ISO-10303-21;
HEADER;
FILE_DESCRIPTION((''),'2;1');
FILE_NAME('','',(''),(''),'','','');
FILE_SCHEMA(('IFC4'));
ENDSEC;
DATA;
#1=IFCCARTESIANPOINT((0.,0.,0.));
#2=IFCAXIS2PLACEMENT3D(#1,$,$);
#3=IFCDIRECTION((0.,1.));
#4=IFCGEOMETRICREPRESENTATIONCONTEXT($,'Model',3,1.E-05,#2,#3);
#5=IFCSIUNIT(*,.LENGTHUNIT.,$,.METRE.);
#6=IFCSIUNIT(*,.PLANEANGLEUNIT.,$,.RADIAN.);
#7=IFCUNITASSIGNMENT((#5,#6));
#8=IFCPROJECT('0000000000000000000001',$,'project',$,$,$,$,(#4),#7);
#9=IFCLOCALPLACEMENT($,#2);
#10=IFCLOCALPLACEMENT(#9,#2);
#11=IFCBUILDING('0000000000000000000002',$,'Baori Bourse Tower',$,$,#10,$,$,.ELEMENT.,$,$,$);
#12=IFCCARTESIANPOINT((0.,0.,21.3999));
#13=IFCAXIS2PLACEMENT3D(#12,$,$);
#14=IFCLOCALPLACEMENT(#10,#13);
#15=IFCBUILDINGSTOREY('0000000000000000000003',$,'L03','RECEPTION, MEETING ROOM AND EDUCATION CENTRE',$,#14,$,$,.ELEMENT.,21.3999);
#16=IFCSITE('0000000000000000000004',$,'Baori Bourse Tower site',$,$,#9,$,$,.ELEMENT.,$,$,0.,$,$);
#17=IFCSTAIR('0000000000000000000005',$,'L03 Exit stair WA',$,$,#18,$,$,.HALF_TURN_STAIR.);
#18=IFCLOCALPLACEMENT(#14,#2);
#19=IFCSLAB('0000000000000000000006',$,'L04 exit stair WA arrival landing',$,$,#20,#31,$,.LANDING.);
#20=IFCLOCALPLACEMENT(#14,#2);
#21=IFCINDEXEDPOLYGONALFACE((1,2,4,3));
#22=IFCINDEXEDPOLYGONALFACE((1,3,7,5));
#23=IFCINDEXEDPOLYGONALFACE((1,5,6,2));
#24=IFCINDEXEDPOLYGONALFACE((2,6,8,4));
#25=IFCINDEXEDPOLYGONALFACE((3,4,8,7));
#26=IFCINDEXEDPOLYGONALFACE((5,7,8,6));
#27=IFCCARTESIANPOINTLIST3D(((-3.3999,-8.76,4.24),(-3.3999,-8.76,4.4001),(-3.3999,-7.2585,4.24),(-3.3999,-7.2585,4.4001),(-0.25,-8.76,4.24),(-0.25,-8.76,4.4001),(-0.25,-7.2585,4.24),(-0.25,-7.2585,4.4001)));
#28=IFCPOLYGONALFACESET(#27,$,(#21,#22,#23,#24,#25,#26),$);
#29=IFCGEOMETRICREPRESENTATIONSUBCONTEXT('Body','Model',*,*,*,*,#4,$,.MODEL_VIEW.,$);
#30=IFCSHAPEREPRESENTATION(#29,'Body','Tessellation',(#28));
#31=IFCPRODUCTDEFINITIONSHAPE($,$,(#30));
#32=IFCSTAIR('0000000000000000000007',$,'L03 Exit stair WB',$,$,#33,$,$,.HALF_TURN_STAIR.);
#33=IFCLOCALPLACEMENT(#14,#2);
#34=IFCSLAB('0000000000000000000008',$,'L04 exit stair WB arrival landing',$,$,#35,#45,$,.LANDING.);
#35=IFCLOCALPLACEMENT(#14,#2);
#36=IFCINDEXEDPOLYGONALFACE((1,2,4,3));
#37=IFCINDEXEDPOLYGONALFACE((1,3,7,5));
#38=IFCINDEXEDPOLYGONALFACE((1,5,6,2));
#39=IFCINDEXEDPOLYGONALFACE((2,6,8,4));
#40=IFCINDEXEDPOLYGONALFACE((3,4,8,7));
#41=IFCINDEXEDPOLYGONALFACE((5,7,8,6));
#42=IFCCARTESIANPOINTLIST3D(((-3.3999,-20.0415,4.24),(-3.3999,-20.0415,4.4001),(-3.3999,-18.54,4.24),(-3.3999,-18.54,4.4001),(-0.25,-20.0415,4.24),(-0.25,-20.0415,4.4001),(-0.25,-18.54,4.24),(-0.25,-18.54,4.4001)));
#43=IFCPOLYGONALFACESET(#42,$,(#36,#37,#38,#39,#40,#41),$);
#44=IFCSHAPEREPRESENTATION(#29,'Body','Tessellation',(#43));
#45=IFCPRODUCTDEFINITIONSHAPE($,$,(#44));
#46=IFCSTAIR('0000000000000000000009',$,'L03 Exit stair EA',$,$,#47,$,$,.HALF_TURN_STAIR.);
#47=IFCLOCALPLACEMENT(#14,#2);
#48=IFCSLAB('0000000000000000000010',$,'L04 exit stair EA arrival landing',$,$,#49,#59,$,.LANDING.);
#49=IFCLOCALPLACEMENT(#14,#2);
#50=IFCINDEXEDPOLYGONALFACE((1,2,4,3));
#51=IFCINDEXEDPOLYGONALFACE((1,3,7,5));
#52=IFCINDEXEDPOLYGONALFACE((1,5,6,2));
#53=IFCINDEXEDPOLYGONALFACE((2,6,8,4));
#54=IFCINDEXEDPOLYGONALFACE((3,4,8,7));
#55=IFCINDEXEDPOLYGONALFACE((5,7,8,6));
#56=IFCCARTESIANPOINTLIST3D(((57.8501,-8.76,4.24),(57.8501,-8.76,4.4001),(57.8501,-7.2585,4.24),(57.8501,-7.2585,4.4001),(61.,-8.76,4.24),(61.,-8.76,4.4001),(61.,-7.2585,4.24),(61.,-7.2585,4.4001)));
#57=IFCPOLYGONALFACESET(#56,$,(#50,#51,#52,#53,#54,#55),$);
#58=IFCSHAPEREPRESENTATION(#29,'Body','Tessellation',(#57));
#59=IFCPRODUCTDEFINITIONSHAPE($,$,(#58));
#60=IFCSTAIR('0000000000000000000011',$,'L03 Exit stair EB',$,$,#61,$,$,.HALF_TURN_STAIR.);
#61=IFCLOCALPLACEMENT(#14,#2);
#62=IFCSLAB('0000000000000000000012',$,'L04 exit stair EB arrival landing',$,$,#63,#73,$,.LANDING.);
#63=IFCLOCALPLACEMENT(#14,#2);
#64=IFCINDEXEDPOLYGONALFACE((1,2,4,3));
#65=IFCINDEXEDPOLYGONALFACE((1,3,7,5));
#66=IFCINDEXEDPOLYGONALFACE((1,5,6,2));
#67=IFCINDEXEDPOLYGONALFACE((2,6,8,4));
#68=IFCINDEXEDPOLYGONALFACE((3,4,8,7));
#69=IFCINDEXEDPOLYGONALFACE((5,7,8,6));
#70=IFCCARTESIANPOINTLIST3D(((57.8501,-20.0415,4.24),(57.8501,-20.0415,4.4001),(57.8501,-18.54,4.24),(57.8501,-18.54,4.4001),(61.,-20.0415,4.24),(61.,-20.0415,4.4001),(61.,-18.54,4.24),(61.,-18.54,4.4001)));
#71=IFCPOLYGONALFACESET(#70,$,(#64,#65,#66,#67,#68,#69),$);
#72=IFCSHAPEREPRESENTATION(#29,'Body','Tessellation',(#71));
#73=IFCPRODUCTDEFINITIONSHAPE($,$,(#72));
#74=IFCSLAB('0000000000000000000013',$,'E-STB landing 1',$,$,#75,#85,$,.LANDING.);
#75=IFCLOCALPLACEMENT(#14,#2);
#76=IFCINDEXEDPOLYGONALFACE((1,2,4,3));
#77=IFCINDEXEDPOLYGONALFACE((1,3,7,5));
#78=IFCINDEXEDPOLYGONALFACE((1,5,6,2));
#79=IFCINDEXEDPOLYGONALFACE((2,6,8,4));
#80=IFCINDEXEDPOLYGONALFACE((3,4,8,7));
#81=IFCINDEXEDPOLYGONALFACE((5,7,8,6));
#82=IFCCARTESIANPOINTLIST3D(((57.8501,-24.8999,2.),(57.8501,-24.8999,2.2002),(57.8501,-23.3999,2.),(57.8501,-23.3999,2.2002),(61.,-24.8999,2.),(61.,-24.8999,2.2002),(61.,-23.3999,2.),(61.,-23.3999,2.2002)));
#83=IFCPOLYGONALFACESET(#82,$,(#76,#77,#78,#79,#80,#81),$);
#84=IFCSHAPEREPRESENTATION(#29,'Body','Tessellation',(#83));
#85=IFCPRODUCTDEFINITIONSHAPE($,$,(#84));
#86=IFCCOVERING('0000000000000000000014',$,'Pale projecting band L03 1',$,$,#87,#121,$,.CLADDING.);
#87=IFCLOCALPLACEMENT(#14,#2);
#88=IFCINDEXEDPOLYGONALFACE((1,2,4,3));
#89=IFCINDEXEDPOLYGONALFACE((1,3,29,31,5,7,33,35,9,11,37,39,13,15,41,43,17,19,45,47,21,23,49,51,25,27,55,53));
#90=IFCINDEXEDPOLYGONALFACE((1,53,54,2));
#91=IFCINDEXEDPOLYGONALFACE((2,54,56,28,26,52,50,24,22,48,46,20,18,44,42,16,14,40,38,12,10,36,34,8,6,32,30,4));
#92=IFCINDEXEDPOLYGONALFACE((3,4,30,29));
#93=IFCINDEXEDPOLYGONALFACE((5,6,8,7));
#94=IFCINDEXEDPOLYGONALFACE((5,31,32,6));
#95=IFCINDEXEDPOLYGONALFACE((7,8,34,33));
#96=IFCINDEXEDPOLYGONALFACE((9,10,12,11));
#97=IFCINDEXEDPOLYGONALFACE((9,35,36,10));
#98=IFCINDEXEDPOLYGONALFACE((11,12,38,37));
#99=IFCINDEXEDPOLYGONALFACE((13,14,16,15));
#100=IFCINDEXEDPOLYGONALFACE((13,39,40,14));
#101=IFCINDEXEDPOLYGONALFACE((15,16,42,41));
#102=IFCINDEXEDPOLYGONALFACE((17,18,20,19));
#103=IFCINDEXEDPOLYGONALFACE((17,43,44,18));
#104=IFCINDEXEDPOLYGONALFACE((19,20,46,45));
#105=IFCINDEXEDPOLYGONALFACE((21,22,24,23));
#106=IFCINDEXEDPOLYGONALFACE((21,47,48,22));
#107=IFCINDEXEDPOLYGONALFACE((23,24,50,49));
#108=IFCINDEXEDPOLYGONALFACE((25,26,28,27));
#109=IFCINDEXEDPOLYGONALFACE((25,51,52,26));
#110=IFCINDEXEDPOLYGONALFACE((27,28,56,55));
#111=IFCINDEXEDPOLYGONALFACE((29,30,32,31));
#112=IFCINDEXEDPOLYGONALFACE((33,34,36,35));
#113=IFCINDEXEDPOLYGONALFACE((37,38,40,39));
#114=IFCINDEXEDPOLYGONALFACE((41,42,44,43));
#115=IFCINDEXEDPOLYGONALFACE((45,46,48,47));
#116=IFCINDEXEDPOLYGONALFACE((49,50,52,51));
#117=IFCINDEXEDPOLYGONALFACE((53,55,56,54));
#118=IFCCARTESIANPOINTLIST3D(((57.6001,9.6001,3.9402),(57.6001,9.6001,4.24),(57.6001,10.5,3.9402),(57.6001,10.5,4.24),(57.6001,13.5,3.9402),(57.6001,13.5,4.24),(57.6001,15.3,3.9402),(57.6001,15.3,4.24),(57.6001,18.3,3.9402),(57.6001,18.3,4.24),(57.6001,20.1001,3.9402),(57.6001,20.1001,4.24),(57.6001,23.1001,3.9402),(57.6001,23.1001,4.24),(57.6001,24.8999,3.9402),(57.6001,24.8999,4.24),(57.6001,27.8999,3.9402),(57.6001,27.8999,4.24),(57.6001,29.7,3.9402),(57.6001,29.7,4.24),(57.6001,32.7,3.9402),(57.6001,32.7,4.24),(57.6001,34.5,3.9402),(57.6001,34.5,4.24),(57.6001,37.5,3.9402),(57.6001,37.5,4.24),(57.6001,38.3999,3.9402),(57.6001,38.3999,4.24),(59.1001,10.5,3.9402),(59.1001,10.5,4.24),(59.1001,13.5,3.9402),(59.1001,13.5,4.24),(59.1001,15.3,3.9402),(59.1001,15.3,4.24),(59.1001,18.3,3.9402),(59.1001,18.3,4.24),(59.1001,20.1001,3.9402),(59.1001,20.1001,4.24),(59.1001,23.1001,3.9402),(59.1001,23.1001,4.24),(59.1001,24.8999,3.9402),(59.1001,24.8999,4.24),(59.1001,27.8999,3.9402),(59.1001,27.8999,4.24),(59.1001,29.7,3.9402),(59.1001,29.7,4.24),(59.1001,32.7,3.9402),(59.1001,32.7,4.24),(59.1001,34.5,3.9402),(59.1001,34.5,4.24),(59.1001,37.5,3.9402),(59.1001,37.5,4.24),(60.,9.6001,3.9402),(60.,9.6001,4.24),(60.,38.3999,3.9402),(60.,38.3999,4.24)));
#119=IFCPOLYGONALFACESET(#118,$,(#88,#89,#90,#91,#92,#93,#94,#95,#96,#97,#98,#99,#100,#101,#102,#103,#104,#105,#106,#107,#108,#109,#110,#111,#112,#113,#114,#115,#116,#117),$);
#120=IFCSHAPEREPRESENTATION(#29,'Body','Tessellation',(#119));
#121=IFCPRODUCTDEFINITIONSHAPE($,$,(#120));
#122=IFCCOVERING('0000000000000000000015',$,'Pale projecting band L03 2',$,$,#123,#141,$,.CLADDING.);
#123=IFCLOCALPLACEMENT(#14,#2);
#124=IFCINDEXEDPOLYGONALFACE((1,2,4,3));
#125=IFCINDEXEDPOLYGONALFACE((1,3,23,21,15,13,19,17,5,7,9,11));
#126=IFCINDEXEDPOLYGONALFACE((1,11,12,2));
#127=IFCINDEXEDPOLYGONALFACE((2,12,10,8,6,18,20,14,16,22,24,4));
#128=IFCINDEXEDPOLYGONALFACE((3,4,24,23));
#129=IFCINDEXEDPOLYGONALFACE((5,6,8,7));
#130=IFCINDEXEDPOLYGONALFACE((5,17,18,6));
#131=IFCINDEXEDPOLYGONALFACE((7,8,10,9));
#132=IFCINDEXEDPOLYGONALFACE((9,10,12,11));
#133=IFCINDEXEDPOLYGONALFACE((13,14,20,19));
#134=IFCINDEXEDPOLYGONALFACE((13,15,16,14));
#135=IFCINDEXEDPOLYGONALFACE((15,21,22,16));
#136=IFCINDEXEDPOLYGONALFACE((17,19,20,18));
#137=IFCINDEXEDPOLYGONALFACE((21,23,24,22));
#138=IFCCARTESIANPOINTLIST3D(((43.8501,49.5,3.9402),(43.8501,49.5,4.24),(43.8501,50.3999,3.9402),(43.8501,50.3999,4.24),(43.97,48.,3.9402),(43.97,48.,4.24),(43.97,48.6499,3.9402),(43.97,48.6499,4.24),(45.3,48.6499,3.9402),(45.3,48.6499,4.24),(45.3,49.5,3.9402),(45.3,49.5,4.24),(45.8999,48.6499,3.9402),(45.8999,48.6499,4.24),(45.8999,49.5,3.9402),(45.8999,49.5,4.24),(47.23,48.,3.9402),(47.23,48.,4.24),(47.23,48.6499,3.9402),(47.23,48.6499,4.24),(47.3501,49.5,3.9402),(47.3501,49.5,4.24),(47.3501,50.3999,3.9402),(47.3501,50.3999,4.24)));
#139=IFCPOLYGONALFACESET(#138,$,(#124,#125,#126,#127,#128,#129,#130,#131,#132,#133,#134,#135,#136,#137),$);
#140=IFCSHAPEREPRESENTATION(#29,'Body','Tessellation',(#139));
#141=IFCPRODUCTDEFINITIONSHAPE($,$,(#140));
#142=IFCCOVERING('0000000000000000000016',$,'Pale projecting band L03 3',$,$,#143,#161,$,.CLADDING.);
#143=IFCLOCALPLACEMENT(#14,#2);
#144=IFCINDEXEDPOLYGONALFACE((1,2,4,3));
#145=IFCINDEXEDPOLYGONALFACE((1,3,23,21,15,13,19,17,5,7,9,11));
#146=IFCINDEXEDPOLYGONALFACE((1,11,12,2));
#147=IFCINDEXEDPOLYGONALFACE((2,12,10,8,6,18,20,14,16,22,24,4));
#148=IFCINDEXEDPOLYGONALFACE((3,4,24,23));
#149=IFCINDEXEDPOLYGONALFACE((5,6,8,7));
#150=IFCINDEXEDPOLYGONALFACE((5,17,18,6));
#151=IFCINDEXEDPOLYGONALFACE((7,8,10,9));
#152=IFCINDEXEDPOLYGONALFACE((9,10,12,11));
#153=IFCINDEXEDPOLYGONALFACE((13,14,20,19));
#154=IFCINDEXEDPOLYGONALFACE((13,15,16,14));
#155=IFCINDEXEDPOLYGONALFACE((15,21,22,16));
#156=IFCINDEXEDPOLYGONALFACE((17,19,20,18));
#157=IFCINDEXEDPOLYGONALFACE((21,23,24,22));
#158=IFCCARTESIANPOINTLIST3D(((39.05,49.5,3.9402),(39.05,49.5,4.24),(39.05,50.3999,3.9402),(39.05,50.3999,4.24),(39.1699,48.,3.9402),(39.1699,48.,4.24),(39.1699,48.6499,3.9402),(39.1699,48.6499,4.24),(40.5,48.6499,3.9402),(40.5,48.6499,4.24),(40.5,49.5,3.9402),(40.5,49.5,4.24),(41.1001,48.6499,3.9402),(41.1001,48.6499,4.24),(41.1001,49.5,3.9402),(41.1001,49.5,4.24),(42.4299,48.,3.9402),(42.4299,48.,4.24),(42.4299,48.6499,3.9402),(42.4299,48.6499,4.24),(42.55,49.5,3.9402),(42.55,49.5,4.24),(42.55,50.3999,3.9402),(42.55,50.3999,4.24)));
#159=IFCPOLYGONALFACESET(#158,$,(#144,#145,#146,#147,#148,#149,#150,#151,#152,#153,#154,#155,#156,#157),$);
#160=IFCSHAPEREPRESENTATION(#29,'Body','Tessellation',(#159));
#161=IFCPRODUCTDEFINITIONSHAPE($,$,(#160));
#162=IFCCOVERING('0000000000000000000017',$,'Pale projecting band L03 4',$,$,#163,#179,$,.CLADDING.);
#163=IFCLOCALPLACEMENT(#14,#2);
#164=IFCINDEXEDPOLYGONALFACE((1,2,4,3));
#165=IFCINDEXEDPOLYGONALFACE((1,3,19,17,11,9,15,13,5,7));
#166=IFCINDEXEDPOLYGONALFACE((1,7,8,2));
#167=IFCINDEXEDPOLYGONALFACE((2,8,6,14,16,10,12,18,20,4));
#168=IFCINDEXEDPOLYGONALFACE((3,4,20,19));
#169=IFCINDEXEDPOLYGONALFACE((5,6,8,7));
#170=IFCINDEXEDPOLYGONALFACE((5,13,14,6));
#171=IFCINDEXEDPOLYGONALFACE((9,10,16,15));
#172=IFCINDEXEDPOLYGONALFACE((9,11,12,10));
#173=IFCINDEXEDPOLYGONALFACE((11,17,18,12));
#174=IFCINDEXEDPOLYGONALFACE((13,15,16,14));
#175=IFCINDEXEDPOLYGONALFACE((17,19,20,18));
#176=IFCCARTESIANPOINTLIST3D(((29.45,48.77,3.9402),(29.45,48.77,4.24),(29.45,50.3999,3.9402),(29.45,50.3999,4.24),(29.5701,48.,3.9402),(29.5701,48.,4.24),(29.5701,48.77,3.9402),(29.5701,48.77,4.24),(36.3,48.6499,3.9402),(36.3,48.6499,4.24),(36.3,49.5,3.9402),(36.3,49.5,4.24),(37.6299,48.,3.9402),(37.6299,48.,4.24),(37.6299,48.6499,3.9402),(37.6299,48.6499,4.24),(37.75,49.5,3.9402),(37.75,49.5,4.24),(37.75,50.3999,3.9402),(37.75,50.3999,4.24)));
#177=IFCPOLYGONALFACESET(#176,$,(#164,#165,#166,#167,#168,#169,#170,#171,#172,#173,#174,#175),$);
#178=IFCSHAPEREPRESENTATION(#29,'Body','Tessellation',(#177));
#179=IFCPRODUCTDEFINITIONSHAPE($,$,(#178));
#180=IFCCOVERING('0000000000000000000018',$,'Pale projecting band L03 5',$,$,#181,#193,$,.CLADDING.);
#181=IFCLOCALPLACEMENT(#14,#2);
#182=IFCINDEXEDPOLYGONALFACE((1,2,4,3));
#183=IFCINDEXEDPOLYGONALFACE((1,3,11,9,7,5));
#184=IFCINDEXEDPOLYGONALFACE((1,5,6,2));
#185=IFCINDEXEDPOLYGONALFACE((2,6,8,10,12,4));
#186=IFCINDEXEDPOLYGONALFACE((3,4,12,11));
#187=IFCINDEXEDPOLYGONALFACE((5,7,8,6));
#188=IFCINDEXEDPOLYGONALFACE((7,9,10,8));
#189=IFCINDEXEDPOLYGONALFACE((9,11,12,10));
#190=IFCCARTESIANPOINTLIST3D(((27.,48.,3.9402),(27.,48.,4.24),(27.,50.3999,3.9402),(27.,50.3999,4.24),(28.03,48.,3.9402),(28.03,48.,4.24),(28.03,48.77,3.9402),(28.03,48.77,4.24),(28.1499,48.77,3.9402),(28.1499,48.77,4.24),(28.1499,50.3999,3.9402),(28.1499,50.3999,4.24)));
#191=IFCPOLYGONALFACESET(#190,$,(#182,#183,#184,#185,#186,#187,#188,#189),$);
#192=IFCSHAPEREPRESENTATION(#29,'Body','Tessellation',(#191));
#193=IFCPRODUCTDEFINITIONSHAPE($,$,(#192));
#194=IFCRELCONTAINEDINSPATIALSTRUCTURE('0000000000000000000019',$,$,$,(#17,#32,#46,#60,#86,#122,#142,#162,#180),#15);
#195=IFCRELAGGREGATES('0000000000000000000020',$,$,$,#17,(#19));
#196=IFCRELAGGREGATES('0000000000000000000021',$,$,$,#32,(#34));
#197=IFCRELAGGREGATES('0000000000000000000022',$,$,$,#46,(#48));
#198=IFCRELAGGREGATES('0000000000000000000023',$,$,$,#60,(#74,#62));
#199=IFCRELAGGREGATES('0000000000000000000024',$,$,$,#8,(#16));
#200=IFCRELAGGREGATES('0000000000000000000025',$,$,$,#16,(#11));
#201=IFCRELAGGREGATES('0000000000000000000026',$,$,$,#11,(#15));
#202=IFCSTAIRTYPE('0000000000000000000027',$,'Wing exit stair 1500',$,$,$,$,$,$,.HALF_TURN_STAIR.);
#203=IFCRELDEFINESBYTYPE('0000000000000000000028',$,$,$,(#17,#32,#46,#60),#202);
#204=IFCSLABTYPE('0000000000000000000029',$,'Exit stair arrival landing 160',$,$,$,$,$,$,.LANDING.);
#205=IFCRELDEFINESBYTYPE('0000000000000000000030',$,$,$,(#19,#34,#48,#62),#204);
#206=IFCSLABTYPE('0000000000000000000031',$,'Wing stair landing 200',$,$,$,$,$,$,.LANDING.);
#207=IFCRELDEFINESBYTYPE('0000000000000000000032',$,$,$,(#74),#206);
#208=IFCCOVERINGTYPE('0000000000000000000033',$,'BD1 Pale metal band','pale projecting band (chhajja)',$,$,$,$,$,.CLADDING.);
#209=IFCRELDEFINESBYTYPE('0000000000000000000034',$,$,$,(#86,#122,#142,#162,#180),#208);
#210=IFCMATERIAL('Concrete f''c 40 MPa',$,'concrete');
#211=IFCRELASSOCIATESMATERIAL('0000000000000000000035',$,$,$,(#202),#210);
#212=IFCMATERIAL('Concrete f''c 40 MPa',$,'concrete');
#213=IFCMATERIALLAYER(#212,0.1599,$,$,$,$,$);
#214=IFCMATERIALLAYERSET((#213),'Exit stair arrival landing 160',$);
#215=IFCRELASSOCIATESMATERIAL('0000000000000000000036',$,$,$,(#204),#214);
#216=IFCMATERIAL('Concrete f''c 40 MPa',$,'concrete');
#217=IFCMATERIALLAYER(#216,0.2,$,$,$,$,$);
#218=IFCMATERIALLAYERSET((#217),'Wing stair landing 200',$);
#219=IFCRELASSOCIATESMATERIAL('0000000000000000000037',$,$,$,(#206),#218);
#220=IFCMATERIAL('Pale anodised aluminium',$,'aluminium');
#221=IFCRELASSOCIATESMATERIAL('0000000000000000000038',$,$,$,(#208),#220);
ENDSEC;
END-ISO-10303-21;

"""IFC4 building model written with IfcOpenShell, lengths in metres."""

from ifc_helpers import new_model, si_unit, direction, frame, origin, place, context, subcontext, project, spatial, polyline, outline, extrude, material, layer, layer_set, type_object, element, aggregate, save


model = new_model("IFC4")

# Units and contexts
model_context = context("Model", 3, precision=1e-05, world=origin(), true_north=direction((0.0, 1.0)))
body_context = subcontext(model_context, "Body", "Model", "MODEL_VIEW")
ifc_project = project(units=[si_unit("LENGTHUNIT", "METRE"), si_unit("PLANEANGLEUNIT", "RADIAN")], contexts=[model_context])

# Site, building, storey
site_placement = place(None, origin())
site = spatial("IfcSite", under=ifc_project, at=site_placement, Name="Baori Bourse Tower site", CompositionType="ELEMENT", RefElevation=0.0)
building_placement = place(site_placement, origin())
building = spatial("IfcBuilding", under=site, at=building_placement, Name="Baori Bourse Tower", CompositionType="ELEMENT")
storey_placement = place(building_placement, frame((0.0, 0.0, 21.3999)))
storey = spatial("IfcBuildingStorey", under=building, at=storey_placement, Name="L03", Description="RECEPTION, MEETING ROOM AND EDUCATION CENTRE", CompositionType="ELEMENT", Elevation=21.3999)

# Stairs, slabs
ifc_material_1 = material(Name="Concrete f'c 40 MPa", Category="concrete")
stair_type = type_object("IfcStairType", Name="Wing exit stair 1500", PredefinedType="HALF_TURN_STAIR", material=ifc_material_1)
stair_1_placement = place(storey_placement, origin())
stair_1 = element("IfcStair", 1, at=stair_1_placement, inside=storey, type_object=stair_type, Name="L03 Exit stair WA", PredefinedType="HALF_TURN_STAIR")
ifc_material_2 = material(Name="Concrete f'c 40 MPa", Category="concrete")
ifc_layer_1 = layer(ifc_material_2, 0.1599)
ifc_layer_set_1 = layer_set([ifc_layer_1], Name="Exit stair arrival landing 160")
slab_type_1 = type_object("IfcSlabType", Name="Exit stair arrival landing 160", PredefinedType="LANDING", material=ifc_layer_set_1)
placement = place(building_placement, frame((0.0, 0.0, 25.8)))
slab_1_placement = place(placement, frame((0.0, 0.0, -0.1602)))
slab_1 = element("IfcSlab", 2, at=slab_1_placement, type_object=slab_type_1, Name="L04 exit stair WA arrival landing", PredefinedType="LANDING", context=body_context, shape_type="SweptSolid", body=[
    extrude(outline(polyline([(-0.25, -7.2585), (-3.3999, -7.2585), (-3.3999, -8.76), (-0.25, -8.76), (-0.25, -7.2585)])), origin(), (0.0, 0.0, 1.0), 0.1602),
])
aggregate(stair_1, [slab_1])
stair_2_placement = place(storey_placement, origin())
stair_2 = element("IfcStair", 3, at=stair_2_placement, inside=storey, type_object=stair_type, Name="L03 Exit stair WB", PredefinedType="HALF_TURN_STAIR")
slab_2_placement = place(placement, frame((0.0, 0.0, -0.1602)))
slab_2 = element("IfcSlab", 4, at=slab_2_placement, type_object=slab_type_1, Name="L04 exit stair WB arrival landing", PredefinedType="LANDING", context=body_context, shape_type="SweptSolid", body=[
    extrude(outline(polyline([(-3.3999, -20.0415), (-0.25, -20.0415), (-0.25, -18.54), (-3.3999, -18.54), (-3.3999, -20.0415)])), origin(), (0.0, 0.0, 1.0), 0.1602),
])
aggregate(stair_2, [slab_2])
stair_3_placement = place(storey_placement, origin())
stair_3 = element("IfcStair", 5, at=stair_3_placement, inside=storey, type_object=stair_type, Name="L03 Exit stair EA", PredefinedType="HALF_TURN_STAIR")
slab_3_placement = place(placement, frame((0.0, 0.0, -0.1602)))
slab_3 = element("IfcSlab", 6, at=slab_3_placement, type_object=slab_type_1, Name="L04 exit stair EA arrival landing", PredefinedType="LANDING", context=body_context, shape_type="SweptSolid", body=[
    extrude(outline(polyline([(61.0, -7.2585), (57.8501, -7.2585), (57.8501, -8.76), (61.0, -8.76), (61.0, -7.2585)])), origin(), (0.0, 0.0, 1.0), 0.1602),
])
aggregate(stair_3, [slab_3])

# Stair, slabs
stair_4_placement = place(storey_placement, origin())
stair_4 = element("IfcStair", 7, at=stair_4_placement, inside=storey, type_object=stair_type, Name="L03 Exit stair EB", PredefinedType="HALF_TURN_STAIR")
slab_4_placement = place(placement, frame((0.0, 0.0, -0.1602)))
slab_4 = element("IfcSlab", 8, at=slab_4_placement, type_object=slab_type_1, Name="L04 exit stair EB arrival landing", PredefinedType="LANDING", context=body_context, shape_type="SweptSolid", body=[
    extrude(outline(polyline([(57.8501, -20.0415), (61.0, -20.0415), (61.0, -18.54), (57.8501, -18.54), (57.8501, -20.0415)])), origin(), (0.0, 0.0, 1.0), 0.1602),
])
ifc_material_3 = material(Name="Concrete f'c 40 MPa", Category="concrete")
ifc_layer_2 = layer(ifc_material_3, 0.2)
ifc_layer_set_2 = layer_set([ifc_layer_2], Name="Wing stair landing 200")
slab_type_2 = type_object("IfcSlabType", Name="Wing stair landing 200", PredefinedType="LANDING", material=ifc_layer_set_2)
slab_5_placement = place(storey_placement, frame((0.0, 0.0, 2.0)))
slab_5 = element("IfcSlab", 9, at=slab_5_placement, type_object=slab_type_2, Name="E-STB landing 1", PredefinedType="LANDING", context=body_context, shape_type="SweptSolid", body=[
    extrude(outline(polyline([(57.8501, -23.3999), (57.8501, -24.8999), (61.0, -24.8999), (61.0, -23.3999), (57.8501, -23.3999)])), origin(), (0.0, 0.0, 1.0), 0.2002),
])
aggregate(stair_4, [slab_5, slab_4])

# Coverings
ifc_material_4 = material(Name="Pale anodised aluminium", Category="aluminium")
covering_type = type_object("IfcCoveringType", Name="BD1 Pale metal band", Description="pale projecting band (chhajja)", PredefinedType="CLADDING", material=ifc_material_4)
covering_1_placement = place(storey_placement, frame((0.0, 0.0, 3.9402)))
element("IfcCovering", 10, at=covering_1_placement, inside=storey, type_object=covering_type, Name="Pale projecting band L03 1", PredefinedType="CLADDING", context=body_context, shape_type="SweptSolid", body=[
    extrude(outline(polyline([(57.6001, 10.5), (57.6001, 9.6001), (60.0, 9.6001), (60.0, 38.3999), (57.6001, 38.3999), (57.6001, 37.5), (59.1001, 37.5), (59.1001, 34.5), (57.6001, 34.5), (57.6001, 32.7), (59.1001, 32.7), (59.1001, 29.7), (57.6001, 29.7), (57.6001, 27.8999), (59.1001, 27.8999), (59.1001, 24.8999), (57.6001, 24.8999), (57.6001, 23.1001), (59.1001, 23.1001), (59.1001, 20.1001), (57.6001, 20.1001), (57.6001, 18.3), (59.1001, 18.3), (59.1001, 15.3), (57.6001, 15.3), (57.6001, 13.5), (59.1001, 13.5), (59.1001, 10.5), (57.6001, 10.5)])), origin(), (0.0, 0.0, 1.0), 0.2998),
])
covering_2_placement = place(storey_placement, frame((0.0, 0.0, 3.9402)))
element("IfcCovering", 11, at=covering_2_placement, inside=storey, type_object=covering_type, Name="Pale projecting band L03 2", PredefinedType="CLADDING", context=body_context, shape_type="SweptSolid", body=[
    extrude(outline(polyline([(43.97, 48.0), (47.23, 48.0), (47.23, 48.6499), (45.8999, 48.6499), (45.8999, 49.5), (47.3501, 49.5), (47.3501, 50.3999), (43.8501, 50.3999), (43.8501, 49.5), (45.3, 49.5), (45.3, 48.6499), (43.97, 48.6499), (43.97, 48.0)])), origin(), (0.0, 0.0, 1.0), 0.2998),
])
covering_3_placement = place(storey_placement, frame((0.0, 0.0, 3.9402)))
element("IfcCovering", 12, at=covering_3_placement, inside=storey, type_object=covering_type, Name="Pale projecting band L03 3", PredefinedType="CLADDING", context=body_context, shape_type="SweptSolid", body=[
    extrude(outline(polyline([(39.1699, 48.0), (42.4299, 48.0), (42.4299, 48.6499), (41.1001, 48.6499), (41.1001, 49.5), (42.55, 49.5), (42.55, 50.3999), (39.05, 50.3999), (39.05, 49.5), (40.5, 49.5), (40.5, 48.6499), (39.1699, 48.6499), (39.1699, 48.0)])), origin(), (0.0, 0.0, 1.0), 0.2998),
])
covering_4_placement = place(storey_placement, frame((0.0, 0.0, 3.9402)))
element("IfcCovering", 13, at=covering_4_placement, inside=storey, type_object=covering_type, Name="Pale projecting band L03 4", PredefinedType="CLADDING", context=body_context, shape_type="SweptSolid", body=[
    extrude(outline(polyline([(29.5701, 48.0), (37.6299, 48.0), (37.6299, 48.6499), (36.3, 48.6499), (36.3, 49.5), (37.75, 49.5), (37.75, 50.3999), (29.45, 50.3999), (29.45, 48.77), (29.5701, 48.77), (29.5701, 48.0)])), origin(), (0.0, 0.0, 1.0), 0.2998),
])
covering_5_placement = place(storey_placement, frame((0.0, 0.0, 3.9402)))
element("IfcCovering", 14, at=covering_5_placement, inside=storey, type_object=covering_type, Name="Pale projecting band L03 5", PredefinedType="CLADDING", context=body_context, shape_type="SweptSolid", body=[
    extrude(outline(polyline([(27.0, 48.0), (28.03, 48.0), (28.03, 48.77), (28.1499, 48.77), (28.1499, 50.3999), (27.0, 50.3999), (27.0, 48.0)])), origin(), (0.0, 0.0, 1.0), 0.2998),
])

save(model, "model.ifc")
